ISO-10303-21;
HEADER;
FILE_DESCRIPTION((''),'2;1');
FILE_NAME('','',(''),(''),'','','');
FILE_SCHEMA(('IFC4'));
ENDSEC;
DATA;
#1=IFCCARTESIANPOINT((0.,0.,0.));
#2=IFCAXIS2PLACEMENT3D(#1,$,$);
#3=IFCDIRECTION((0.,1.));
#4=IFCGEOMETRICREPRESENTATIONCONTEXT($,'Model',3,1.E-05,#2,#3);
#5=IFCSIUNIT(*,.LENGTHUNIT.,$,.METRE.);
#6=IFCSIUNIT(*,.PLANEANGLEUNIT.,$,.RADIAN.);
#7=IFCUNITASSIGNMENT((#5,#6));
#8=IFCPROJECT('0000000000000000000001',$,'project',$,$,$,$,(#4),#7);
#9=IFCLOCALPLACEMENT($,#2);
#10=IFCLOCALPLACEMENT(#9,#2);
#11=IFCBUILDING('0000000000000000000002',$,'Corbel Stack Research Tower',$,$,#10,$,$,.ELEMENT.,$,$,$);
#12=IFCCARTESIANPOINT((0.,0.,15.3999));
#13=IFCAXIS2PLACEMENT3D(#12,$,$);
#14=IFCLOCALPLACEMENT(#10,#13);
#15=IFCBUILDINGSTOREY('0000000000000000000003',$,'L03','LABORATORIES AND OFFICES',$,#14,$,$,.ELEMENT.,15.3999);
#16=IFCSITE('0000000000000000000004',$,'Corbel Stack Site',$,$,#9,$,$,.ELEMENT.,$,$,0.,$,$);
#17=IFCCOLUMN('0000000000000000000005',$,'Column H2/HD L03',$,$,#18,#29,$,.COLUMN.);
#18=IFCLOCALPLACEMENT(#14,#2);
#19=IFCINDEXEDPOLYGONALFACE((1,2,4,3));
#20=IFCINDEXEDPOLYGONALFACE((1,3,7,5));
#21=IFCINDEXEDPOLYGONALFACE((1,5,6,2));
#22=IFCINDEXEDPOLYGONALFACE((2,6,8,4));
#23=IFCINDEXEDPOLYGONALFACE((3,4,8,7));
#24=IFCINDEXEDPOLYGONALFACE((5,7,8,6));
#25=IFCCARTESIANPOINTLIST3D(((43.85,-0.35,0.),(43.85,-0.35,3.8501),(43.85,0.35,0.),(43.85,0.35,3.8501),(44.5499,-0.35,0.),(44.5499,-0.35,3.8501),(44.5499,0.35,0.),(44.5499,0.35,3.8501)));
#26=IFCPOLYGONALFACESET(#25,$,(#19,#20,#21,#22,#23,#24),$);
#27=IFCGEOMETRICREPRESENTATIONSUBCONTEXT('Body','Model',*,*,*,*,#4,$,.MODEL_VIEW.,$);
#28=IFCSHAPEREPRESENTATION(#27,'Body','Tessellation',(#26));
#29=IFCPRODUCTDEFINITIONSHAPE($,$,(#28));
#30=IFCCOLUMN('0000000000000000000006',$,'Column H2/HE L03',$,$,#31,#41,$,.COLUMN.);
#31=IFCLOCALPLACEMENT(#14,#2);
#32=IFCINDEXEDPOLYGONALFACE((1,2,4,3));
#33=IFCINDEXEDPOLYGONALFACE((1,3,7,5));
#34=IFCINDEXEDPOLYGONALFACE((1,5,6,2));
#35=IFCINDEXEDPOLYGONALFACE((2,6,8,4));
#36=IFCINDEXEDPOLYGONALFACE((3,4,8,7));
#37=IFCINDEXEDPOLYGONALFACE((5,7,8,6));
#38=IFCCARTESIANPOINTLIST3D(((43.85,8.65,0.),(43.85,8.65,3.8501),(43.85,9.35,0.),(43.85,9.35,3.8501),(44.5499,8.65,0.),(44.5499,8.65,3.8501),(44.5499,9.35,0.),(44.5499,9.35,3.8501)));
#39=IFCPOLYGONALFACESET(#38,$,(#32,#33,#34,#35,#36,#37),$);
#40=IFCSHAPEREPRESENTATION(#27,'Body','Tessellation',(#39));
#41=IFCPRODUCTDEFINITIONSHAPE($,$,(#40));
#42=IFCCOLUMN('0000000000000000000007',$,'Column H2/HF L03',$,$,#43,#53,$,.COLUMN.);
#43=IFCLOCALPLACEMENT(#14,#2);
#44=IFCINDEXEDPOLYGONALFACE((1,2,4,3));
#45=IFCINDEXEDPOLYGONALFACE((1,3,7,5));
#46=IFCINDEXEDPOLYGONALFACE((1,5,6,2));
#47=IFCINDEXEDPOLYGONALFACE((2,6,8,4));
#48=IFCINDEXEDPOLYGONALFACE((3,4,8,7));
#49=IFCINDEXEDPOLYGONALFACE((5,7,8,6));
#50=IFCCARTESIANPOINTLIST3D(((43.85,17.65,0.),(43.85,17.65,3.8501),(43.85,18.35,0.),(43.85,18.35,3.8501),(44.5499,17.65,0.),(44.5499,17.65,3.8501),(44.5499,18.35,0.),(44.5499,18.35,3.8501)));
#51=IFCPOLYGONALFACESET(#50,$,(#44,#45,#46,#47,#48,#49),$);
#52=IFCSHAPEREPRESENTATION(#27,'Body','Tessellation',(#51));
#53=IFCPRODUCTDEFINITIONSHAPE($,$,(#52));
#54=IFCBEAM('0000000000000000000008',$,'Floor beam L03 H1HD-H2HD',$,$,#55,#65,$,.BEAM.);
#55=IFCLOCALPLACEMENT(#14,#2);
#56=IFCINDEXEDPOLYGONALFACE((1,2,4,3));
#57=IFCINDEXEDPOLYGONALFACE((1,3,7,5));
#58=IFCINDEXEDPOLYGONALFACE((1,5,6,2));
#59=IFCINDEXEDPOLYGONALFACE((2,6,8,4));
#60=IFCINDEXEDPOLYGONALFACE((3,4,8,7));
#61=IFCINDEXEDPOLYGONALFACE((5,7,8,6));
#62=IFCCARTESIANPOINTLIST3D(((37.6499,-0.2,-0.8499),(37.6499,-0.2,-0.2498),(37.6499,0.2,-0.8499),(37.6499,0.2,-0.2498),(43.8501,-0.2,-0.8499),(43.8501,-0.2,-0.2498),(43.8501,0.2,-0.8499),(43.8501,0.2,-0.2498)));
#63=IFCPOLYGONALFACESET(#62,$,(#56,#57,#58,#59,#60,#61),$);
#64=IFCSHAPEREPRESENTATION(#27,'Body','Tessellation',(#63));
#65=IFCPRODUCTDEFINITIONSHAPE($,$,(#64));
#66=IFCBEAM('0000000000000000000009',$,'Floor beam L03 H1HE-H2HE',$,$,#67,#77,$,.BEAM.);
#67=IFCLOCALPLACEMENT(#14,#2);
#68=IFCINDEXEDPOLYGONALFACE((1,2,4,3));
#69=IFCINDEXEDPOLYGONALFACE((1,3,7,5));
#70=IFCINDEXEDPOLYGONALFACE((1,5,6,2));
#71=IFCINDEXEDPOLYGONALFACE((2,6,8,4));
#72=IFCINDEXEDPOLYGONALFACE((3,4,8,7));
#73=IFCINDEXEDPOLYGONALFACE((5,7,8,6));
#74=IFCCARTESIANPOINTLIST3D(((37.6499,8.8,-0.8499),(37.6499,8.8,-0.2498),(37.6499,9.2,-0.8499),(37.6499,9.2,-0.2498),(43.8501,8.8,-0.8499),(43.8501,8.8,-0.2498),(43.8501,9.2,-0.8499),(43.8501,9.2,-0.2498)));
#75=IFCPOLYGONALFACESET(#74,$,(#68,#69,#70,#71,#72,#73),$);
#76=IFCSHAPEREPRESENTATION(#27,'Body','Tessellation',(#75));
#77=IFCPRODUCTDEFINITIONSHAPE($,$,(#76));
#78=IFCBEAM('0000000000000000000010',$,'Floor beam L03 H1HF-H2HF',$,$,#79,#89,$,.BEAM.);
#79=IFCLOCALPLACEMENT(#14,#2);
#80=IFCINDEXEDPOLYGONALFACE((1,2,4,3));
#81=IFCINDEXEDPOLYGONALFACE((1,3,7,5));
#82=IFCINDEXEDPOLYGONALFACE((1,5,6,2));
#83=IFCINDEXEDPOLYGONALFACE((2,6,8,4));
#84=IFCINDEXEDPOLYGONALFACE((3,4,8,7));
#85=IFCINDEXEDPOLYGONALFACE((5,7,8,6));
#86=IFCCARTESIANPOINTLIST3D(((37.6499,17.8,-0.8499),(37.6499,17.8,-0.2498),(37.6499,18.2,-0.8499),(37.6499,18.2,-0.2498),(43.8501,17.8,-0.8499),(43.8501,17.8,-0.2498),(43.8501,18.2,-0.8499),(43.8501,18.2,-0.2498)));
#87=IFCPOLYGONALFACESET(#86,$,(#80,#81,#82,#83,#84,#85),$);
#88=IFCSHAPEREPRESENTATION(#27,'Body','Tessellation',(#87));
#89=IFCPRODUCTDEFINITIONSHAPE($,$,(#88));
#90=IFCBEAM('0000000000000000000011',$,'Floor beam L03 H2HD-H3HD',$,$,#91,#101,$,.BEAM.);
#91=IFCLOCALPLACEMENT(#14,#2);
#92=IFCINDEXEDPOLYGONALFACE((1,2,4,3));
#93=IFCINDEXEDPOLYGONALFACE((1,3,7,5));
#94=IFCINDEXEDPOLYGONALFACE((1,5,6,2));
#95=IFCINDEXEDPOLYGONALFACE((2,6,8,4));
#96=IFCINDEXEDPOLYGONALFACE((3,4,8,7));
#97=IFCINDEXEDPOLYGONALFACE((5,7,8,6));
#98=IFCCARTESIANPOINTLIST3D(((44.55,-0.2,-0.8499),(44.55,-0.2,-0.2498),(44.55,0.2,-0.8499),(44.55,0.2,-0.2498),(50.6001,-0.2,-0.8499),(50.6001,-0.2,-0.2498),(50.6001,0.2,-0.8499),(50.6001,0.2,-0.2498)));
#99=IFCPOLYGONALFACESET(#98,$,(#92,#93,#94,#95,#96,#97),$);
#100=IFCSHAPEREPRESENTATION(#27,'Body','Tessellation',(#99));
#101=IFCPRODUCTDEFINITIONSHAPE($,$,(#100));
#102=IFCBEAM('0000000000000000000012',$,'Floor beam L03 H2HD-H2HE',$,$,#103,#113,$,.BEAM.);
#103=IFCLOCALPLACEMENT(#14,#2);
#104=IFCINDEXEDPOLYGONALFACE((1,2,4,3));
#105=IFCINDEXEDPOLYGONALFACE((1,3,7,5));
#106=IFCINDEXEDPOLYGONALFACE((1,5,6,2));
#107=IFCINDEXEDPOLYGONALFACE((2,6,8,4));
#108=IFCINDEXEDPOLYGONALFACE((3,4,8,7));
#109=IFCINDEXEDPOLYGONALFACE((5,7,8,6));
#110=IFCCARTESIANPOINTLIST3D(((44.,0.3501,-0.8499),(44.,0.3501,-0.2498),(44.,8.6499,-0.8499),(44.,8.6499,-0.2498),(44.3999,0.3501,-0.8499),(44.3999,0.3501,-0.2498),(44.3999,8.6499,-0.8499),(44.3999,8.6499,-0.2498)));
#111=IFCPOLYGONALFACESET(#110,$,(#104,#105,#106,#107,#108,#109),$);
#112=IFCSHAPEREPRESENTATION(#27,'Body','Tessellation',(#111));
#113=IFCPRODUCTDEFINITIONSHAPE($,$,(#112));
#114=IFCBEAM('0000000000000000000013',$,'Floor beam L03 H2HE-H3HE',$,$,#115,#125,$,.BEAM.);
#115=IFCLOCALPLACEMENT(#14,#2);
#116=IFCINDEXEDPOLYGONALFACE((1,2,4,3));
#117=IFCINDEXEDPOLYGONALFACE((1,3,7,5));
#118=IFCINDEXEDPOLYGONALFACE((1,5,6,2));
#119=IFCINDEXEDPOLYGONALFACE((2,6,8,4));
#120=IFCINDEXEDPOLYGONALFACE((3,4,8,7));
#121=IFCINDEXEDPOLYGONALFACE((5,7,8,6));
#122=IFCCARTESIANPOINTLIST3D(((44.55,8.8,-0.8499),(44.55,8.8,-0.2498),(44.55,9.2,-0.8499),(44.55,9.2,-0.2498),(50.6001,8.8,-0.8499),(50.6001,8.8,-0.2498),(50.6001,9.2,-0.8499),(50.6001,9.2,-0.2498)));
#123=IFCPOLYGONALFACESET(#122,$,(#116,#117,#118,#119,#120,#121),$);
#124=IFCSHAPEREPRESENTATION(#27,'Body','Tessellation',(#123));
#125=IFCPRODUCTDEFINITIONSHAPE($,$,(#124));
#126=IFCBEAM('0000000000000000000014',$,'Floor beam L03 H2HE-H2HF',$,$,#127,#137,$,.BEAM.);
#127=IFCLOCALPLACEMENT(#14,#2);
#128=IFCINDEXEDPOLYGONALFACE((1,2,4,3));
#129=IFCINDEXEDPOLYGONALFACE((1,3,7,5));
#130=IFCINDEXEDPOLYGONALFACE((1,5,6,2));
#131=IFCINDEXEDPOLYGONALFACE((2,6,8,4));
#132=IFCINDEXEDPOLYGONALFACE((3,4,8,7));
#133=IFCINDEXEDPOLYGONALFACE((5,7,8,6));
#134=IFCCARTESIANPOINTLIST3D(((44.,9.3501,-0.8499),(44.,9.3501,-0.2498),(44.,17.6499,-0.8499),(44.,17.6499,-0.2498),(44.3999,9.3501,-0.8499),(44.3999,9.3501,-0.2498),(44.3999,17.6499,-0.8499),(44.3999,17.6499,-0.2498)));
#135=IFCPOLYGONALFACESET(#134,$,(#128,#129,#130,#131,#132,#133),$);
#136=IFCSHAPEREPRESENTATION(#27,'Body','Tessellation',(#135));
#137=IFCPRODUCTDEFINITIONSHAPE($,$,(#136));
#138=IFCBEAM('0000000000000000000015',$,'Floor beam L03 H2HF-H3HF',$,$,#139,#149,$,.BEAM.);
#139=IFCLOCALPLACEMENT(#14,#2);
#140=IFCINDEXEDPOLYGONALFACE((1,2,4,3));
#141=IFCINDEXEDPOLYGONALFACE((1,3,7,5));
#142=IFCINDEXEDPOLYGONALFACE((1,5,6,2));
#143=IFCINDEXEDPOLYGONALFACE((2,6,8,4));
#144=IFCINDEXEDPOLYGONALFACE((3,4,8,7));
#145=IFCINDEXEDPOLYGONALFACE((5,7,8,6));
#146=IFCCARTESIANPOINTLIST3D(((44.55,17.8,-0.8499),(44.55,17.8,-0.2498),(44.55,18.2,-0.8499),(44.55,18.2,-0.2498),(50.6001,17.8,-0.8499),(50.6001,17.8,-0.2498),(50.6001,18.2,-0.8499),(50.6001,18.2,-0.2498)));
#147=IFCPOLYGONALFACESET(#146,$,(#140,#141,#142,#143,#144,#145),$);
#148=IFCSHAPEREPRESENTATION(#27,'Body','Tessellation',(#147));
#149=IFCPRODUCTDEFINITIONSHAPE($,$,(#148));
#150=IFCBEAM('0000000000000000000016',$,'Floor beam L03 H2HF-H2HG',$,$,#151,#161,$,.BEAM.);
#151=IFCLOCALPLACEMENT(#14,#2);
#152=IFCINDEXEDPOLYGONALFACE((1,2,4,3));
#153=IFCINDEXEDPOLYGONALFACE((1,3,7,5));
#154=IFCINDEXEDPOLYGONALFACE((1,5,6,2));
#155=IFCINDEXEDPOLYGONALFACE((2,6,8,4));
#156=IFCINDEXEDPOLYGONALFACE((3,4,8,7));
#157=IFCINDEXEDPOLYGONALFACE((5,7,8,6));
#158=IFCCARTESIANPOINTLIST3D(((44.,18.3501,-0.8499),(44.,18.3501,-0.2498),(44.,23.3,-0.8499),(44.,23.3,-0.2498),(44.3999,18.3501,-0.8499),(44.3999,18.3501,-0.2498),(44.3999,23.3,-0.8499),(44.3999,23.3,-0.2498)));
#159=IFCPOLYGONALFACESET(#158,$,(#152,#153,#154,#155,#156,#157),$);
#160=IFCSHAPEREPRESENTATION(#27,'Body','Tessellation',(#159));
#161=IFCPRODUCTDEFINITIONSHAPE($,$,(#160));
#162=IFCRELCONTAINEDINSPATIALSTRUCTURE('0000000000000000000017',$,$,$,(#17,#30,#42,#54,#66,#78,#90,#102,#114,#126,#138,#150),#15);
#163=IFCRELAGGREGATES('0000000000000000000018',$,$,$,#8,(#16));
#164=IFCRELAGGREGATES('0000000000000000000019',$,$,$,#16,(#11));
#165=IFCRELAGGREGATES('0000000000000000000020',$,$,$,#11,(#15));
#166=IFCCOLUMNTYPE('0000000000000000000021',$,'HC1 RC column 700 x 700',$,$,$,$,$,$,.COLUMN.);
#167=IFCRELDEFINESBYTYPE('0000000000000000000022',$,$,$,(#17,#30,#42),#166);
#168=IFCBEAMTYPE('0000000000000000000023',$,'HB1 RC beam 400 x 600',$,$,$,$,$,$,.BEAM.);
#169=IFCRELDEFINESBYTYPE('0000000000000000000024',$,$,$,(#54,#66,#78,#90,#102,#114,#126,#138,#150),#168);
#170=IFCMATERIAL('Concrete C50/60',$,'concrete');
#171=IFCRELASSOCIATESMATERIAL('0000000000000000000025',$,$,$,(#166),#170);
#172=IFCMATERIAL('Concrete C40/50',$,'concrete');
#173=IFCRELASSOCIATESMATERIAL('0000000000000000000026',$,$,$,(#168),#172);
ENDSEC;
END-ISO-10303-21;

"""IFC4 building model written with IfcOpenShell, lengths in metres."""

from ifc_helpers import new_model, si_unit, direction, frame, origin, origin_2d, place, context, subcontext, project, spatial, rectangle, extrude, material, material_profile, profile_set, type_object, element, save


model = new_model("IFC4")

# Units and contexts
model_context = context("Model", 3, precision=1e-05, world=origin(), true_north=direction((0.0, 1.0)))
body_context = subcontext(model_context, "Body", "Model", "MODEL_VIEW")
ifc_project = project(units=[si_unit("LENGTHUNIT", "METRE"), si_unit("PLANEANGLEUNIT", "RADIAN")], contexts=[model_context])

# Site, building, storey
site_placement = place(None, origin())
site = spatial("IfcSite", under=ifc_project, at=site_placement, Name="Corbel Stack Site", CompositionType="ELEMENT", RefElevation=0.0)
building_placement = place(site_placement, origin())
building = spatial("IfcBuilding", under=site, at=building_placement, Name="Corbel Stack Research Tower", CompositionType="ELEMENT")
storey_placement = place(building_placement, frame((0.0, 0.0, 15.3999)))
storey = spatial("IfcBuildingStorey", under=building, at=storey_placement, Name="L03", Description="LABORATORIES AND OFFICES", CompositionType="ELEMENT", Elevation=15.3999)

# Columns
ifc_material_1 = material(Name="Concrete C50/60", Category="concrete")
ifc_material_profile_1 = material_profile(ifc_material_1, rectangle(XDim=0.7, YDim=0.7, at=origin_2d()), Name="RC 700 x 700")
ifc_profile_set_1 = profile_set([ifc_material_profile_1], Name="Concrete C50/60")
column_type = type_object("IfcColumnType", Name="HC1 RC column 700 x 700", PredefinedType="COLUMN", material=ifc_profile_set_1)
for number, where, z_axis, x_axis, name in (
    (1, (44.2, 0.0, 0.0), (0.0, 0.0, 1.0), (1.0, 0.0, 0.0), "Column H2/HD L03"),
    (2, (44.2, 9.0, 0.0), (0.0, 0.0, 1.0), (1.0, 0.0, 0.0), "Column H2/HE L03"),
    (3, (44.2, 18.0, 0.0), (0.0, 0.0, 1.0), (1.0, 0.0, 0.0), "Column H2/HF L03"),
):
    element("IfcColumn", number, at=place(storey_placement, frame(where, z_axis=z_axis, x_axis=x_axis)), inside=storey, type_object=column_type, Name=name, PredefinedType="COLUMN", context=body_context, shape_type="SweptSolid", body=[
        extrude(rectangle(XDim=0.7, YDim=0.7, at=origin_2d()), origin(), (0.0, 0.0, 1.0), 3.8501),
    ])

# Beams
ifc_material_2 = material(Name="Concrete C40/50", Category="concrete")
ifc_material_profile_2 = material_profile(ifc_material_2, rectangle(XDim=0.3999, YDim=0.6001, at=origin_2d()), Name="RC 400 x 600")
ifc_profile_set_2 = profile_set([ifc_material_profile_2], Name="Concrete C40/50")
beam_type = type_object("IfcBeamType", Name="HB1 RC beam 400 x 600", PredefinedType="BEAM", material=ifc_profile_set_2)
for number, where, z_axis, x_axis, name in (
    (4, (37.6499, 0.0, -0.5498), (1.0, 0.0, 0.0), (0.0, 1.0, 0.0), "Floor beam L03 H1HD-H2HD"),
    (5, (37.6499, 9.0, -0.5498), (1.0, 0.0, 0.0), (0.0, 1.0, 0.0), "Floor beam L03 H1HE-H2HE"),
    (6, (37.6499, 18.0, -0.5498), (1.0, 0.0, 0.0), (0.0, 1.0, 0.0), "Floor beam L03 H1HF-H2HF"),
):
    element("IfcBeam", number, at=place(storey_placement, frame(where, z_axis=z_axis, x_axis=x_axis)), inside=storey, type_object=beam_type, Name=name, PredefinedType="BEAM", context=body_context, shape_type="SweptSolid", body=[
        extrude(rectangle(XDim=0.3999, YDim=0.6001, at=origin_2d()), origin(), (0.0, 0.0, 1.0), 6.2002),
    ])
beam_1_placement = place(storey_placement, frame((44.55, 0.0, -0.5498), z_axis=(1.0, 0.0, 0.0), x_axis=(0.0, 1.0, 0.0)))
element("IfcBeam", 7, at=beam_1_placement, inside=storey, type_object=beam_type, Name="Floor beam L03 H2HD-H3HD", PredefinedType="BEAM", context=body_context, shape_type="SweptSolid", body=[
    extrude(rectangle(XDim=0.3999, YDim=0.6001, at=origin_2d()), origin(), (0.0, 0.0, 1.0), 6.05),
])
beam_2_placement = place(storey_placement, frame((44.2, 0.3501, -0.5498), z_axis=(0.0, 1.0, 0.0), x_axis=(-1.0, 0.0, 0.0)))
element("IfcBeam", 8, at=beam_2_placement, inside=storey, type_object=beam_type, Name="Floor beam L03 H2HD-H2HE", PredefinedType="BEAM", context=body_context, shape_type="SweptSolid", body=[
    extrude(rectangle(XDim=0.3999, YDim=0.6001, at=origin_2d()), origin(), (0.0, 0.0, 1.0), 8.2998),
])
beam_3_placement = place(storey_placement, frame((44.55, 9.0, -0.5498), z_axis=(1.0, 0.0, 0.0), x_axis=(0.0, 1.0, 0.0)))
element("IfcBeam", 9, at=beam_3_placement, inside=storey, type_object=beam_type, Name="Floor beam L03 H2HE-H3HE", PredefinedType="BEAM", context=body_context, shape_type="SweptSolid", body=[
    extrude(rectangle(XDim=0.3999, YDim=0.6001, at=origin_2d()), origin(), (0.0, 0.0, 1.0), 6.05),
])
beam_4_placement = place(storey_placement, frame((44.2, 9.3501, -0.5498), z_axis=(0.0, 1.0, 0.0), x_axis=(-1.0, 0.0, 0.0)))
element("IfcBeam", 10, at=beam_4_placement, inside=storey, type_object=beam_type, Name="Floor beam L03 H2HE-H2HF", PredefinedType="BEAM", context=body_context, shape_type="SweptSolid", body=[
    extrude(rectangle(XDim=0.3999, YDim=0.6001, at=origin_2d()), origin(), (0.0, 0.0, 1.0), 8.2998),
])
beam_5_placement = place(storey_placement, frame((44.55, 18.0, -0.5498), z_axis=(1.0, 0.0, 0.0), x_axis=(0.0, 1.0, 0.0)))
element("IfcBeam", 11, at=beam_5_placement, inside=storey, type_object=beam_type, Name="Floor beam L03 H2HF-H3HF", PredefinedType="BEAM", context=body_context, shape_type="SweptSolid", body=[
    extrude(rectangle(XDim=0.3999, YDim=0.6001, at=origin_2d()), origin(), (0.0, 0.0, 1.0), 6.05),
])
beam_6_placement = place(storey_placement, frame((44.2, 18.3501, -0.5498), z_axis=(0.0, 1.0, 0.0), x_axis=(-1.0, 0.0, 0.0)))
element("IfcBeam", 12, at=beam_6_placement, inside=storey, type_object=beam_type, Name="Floor beam L03 H2HF-H2HG", PredefinedType="BEAM", context=body_context, shape_type="SweptSolid", body=[
    extrude(rectangle(XDim=0.3999, YDim=0.6001, at=origin_2d()), origin(), (0.0, 0.0, 1.0), 4.95),
])

save(model, "model.ifc")
